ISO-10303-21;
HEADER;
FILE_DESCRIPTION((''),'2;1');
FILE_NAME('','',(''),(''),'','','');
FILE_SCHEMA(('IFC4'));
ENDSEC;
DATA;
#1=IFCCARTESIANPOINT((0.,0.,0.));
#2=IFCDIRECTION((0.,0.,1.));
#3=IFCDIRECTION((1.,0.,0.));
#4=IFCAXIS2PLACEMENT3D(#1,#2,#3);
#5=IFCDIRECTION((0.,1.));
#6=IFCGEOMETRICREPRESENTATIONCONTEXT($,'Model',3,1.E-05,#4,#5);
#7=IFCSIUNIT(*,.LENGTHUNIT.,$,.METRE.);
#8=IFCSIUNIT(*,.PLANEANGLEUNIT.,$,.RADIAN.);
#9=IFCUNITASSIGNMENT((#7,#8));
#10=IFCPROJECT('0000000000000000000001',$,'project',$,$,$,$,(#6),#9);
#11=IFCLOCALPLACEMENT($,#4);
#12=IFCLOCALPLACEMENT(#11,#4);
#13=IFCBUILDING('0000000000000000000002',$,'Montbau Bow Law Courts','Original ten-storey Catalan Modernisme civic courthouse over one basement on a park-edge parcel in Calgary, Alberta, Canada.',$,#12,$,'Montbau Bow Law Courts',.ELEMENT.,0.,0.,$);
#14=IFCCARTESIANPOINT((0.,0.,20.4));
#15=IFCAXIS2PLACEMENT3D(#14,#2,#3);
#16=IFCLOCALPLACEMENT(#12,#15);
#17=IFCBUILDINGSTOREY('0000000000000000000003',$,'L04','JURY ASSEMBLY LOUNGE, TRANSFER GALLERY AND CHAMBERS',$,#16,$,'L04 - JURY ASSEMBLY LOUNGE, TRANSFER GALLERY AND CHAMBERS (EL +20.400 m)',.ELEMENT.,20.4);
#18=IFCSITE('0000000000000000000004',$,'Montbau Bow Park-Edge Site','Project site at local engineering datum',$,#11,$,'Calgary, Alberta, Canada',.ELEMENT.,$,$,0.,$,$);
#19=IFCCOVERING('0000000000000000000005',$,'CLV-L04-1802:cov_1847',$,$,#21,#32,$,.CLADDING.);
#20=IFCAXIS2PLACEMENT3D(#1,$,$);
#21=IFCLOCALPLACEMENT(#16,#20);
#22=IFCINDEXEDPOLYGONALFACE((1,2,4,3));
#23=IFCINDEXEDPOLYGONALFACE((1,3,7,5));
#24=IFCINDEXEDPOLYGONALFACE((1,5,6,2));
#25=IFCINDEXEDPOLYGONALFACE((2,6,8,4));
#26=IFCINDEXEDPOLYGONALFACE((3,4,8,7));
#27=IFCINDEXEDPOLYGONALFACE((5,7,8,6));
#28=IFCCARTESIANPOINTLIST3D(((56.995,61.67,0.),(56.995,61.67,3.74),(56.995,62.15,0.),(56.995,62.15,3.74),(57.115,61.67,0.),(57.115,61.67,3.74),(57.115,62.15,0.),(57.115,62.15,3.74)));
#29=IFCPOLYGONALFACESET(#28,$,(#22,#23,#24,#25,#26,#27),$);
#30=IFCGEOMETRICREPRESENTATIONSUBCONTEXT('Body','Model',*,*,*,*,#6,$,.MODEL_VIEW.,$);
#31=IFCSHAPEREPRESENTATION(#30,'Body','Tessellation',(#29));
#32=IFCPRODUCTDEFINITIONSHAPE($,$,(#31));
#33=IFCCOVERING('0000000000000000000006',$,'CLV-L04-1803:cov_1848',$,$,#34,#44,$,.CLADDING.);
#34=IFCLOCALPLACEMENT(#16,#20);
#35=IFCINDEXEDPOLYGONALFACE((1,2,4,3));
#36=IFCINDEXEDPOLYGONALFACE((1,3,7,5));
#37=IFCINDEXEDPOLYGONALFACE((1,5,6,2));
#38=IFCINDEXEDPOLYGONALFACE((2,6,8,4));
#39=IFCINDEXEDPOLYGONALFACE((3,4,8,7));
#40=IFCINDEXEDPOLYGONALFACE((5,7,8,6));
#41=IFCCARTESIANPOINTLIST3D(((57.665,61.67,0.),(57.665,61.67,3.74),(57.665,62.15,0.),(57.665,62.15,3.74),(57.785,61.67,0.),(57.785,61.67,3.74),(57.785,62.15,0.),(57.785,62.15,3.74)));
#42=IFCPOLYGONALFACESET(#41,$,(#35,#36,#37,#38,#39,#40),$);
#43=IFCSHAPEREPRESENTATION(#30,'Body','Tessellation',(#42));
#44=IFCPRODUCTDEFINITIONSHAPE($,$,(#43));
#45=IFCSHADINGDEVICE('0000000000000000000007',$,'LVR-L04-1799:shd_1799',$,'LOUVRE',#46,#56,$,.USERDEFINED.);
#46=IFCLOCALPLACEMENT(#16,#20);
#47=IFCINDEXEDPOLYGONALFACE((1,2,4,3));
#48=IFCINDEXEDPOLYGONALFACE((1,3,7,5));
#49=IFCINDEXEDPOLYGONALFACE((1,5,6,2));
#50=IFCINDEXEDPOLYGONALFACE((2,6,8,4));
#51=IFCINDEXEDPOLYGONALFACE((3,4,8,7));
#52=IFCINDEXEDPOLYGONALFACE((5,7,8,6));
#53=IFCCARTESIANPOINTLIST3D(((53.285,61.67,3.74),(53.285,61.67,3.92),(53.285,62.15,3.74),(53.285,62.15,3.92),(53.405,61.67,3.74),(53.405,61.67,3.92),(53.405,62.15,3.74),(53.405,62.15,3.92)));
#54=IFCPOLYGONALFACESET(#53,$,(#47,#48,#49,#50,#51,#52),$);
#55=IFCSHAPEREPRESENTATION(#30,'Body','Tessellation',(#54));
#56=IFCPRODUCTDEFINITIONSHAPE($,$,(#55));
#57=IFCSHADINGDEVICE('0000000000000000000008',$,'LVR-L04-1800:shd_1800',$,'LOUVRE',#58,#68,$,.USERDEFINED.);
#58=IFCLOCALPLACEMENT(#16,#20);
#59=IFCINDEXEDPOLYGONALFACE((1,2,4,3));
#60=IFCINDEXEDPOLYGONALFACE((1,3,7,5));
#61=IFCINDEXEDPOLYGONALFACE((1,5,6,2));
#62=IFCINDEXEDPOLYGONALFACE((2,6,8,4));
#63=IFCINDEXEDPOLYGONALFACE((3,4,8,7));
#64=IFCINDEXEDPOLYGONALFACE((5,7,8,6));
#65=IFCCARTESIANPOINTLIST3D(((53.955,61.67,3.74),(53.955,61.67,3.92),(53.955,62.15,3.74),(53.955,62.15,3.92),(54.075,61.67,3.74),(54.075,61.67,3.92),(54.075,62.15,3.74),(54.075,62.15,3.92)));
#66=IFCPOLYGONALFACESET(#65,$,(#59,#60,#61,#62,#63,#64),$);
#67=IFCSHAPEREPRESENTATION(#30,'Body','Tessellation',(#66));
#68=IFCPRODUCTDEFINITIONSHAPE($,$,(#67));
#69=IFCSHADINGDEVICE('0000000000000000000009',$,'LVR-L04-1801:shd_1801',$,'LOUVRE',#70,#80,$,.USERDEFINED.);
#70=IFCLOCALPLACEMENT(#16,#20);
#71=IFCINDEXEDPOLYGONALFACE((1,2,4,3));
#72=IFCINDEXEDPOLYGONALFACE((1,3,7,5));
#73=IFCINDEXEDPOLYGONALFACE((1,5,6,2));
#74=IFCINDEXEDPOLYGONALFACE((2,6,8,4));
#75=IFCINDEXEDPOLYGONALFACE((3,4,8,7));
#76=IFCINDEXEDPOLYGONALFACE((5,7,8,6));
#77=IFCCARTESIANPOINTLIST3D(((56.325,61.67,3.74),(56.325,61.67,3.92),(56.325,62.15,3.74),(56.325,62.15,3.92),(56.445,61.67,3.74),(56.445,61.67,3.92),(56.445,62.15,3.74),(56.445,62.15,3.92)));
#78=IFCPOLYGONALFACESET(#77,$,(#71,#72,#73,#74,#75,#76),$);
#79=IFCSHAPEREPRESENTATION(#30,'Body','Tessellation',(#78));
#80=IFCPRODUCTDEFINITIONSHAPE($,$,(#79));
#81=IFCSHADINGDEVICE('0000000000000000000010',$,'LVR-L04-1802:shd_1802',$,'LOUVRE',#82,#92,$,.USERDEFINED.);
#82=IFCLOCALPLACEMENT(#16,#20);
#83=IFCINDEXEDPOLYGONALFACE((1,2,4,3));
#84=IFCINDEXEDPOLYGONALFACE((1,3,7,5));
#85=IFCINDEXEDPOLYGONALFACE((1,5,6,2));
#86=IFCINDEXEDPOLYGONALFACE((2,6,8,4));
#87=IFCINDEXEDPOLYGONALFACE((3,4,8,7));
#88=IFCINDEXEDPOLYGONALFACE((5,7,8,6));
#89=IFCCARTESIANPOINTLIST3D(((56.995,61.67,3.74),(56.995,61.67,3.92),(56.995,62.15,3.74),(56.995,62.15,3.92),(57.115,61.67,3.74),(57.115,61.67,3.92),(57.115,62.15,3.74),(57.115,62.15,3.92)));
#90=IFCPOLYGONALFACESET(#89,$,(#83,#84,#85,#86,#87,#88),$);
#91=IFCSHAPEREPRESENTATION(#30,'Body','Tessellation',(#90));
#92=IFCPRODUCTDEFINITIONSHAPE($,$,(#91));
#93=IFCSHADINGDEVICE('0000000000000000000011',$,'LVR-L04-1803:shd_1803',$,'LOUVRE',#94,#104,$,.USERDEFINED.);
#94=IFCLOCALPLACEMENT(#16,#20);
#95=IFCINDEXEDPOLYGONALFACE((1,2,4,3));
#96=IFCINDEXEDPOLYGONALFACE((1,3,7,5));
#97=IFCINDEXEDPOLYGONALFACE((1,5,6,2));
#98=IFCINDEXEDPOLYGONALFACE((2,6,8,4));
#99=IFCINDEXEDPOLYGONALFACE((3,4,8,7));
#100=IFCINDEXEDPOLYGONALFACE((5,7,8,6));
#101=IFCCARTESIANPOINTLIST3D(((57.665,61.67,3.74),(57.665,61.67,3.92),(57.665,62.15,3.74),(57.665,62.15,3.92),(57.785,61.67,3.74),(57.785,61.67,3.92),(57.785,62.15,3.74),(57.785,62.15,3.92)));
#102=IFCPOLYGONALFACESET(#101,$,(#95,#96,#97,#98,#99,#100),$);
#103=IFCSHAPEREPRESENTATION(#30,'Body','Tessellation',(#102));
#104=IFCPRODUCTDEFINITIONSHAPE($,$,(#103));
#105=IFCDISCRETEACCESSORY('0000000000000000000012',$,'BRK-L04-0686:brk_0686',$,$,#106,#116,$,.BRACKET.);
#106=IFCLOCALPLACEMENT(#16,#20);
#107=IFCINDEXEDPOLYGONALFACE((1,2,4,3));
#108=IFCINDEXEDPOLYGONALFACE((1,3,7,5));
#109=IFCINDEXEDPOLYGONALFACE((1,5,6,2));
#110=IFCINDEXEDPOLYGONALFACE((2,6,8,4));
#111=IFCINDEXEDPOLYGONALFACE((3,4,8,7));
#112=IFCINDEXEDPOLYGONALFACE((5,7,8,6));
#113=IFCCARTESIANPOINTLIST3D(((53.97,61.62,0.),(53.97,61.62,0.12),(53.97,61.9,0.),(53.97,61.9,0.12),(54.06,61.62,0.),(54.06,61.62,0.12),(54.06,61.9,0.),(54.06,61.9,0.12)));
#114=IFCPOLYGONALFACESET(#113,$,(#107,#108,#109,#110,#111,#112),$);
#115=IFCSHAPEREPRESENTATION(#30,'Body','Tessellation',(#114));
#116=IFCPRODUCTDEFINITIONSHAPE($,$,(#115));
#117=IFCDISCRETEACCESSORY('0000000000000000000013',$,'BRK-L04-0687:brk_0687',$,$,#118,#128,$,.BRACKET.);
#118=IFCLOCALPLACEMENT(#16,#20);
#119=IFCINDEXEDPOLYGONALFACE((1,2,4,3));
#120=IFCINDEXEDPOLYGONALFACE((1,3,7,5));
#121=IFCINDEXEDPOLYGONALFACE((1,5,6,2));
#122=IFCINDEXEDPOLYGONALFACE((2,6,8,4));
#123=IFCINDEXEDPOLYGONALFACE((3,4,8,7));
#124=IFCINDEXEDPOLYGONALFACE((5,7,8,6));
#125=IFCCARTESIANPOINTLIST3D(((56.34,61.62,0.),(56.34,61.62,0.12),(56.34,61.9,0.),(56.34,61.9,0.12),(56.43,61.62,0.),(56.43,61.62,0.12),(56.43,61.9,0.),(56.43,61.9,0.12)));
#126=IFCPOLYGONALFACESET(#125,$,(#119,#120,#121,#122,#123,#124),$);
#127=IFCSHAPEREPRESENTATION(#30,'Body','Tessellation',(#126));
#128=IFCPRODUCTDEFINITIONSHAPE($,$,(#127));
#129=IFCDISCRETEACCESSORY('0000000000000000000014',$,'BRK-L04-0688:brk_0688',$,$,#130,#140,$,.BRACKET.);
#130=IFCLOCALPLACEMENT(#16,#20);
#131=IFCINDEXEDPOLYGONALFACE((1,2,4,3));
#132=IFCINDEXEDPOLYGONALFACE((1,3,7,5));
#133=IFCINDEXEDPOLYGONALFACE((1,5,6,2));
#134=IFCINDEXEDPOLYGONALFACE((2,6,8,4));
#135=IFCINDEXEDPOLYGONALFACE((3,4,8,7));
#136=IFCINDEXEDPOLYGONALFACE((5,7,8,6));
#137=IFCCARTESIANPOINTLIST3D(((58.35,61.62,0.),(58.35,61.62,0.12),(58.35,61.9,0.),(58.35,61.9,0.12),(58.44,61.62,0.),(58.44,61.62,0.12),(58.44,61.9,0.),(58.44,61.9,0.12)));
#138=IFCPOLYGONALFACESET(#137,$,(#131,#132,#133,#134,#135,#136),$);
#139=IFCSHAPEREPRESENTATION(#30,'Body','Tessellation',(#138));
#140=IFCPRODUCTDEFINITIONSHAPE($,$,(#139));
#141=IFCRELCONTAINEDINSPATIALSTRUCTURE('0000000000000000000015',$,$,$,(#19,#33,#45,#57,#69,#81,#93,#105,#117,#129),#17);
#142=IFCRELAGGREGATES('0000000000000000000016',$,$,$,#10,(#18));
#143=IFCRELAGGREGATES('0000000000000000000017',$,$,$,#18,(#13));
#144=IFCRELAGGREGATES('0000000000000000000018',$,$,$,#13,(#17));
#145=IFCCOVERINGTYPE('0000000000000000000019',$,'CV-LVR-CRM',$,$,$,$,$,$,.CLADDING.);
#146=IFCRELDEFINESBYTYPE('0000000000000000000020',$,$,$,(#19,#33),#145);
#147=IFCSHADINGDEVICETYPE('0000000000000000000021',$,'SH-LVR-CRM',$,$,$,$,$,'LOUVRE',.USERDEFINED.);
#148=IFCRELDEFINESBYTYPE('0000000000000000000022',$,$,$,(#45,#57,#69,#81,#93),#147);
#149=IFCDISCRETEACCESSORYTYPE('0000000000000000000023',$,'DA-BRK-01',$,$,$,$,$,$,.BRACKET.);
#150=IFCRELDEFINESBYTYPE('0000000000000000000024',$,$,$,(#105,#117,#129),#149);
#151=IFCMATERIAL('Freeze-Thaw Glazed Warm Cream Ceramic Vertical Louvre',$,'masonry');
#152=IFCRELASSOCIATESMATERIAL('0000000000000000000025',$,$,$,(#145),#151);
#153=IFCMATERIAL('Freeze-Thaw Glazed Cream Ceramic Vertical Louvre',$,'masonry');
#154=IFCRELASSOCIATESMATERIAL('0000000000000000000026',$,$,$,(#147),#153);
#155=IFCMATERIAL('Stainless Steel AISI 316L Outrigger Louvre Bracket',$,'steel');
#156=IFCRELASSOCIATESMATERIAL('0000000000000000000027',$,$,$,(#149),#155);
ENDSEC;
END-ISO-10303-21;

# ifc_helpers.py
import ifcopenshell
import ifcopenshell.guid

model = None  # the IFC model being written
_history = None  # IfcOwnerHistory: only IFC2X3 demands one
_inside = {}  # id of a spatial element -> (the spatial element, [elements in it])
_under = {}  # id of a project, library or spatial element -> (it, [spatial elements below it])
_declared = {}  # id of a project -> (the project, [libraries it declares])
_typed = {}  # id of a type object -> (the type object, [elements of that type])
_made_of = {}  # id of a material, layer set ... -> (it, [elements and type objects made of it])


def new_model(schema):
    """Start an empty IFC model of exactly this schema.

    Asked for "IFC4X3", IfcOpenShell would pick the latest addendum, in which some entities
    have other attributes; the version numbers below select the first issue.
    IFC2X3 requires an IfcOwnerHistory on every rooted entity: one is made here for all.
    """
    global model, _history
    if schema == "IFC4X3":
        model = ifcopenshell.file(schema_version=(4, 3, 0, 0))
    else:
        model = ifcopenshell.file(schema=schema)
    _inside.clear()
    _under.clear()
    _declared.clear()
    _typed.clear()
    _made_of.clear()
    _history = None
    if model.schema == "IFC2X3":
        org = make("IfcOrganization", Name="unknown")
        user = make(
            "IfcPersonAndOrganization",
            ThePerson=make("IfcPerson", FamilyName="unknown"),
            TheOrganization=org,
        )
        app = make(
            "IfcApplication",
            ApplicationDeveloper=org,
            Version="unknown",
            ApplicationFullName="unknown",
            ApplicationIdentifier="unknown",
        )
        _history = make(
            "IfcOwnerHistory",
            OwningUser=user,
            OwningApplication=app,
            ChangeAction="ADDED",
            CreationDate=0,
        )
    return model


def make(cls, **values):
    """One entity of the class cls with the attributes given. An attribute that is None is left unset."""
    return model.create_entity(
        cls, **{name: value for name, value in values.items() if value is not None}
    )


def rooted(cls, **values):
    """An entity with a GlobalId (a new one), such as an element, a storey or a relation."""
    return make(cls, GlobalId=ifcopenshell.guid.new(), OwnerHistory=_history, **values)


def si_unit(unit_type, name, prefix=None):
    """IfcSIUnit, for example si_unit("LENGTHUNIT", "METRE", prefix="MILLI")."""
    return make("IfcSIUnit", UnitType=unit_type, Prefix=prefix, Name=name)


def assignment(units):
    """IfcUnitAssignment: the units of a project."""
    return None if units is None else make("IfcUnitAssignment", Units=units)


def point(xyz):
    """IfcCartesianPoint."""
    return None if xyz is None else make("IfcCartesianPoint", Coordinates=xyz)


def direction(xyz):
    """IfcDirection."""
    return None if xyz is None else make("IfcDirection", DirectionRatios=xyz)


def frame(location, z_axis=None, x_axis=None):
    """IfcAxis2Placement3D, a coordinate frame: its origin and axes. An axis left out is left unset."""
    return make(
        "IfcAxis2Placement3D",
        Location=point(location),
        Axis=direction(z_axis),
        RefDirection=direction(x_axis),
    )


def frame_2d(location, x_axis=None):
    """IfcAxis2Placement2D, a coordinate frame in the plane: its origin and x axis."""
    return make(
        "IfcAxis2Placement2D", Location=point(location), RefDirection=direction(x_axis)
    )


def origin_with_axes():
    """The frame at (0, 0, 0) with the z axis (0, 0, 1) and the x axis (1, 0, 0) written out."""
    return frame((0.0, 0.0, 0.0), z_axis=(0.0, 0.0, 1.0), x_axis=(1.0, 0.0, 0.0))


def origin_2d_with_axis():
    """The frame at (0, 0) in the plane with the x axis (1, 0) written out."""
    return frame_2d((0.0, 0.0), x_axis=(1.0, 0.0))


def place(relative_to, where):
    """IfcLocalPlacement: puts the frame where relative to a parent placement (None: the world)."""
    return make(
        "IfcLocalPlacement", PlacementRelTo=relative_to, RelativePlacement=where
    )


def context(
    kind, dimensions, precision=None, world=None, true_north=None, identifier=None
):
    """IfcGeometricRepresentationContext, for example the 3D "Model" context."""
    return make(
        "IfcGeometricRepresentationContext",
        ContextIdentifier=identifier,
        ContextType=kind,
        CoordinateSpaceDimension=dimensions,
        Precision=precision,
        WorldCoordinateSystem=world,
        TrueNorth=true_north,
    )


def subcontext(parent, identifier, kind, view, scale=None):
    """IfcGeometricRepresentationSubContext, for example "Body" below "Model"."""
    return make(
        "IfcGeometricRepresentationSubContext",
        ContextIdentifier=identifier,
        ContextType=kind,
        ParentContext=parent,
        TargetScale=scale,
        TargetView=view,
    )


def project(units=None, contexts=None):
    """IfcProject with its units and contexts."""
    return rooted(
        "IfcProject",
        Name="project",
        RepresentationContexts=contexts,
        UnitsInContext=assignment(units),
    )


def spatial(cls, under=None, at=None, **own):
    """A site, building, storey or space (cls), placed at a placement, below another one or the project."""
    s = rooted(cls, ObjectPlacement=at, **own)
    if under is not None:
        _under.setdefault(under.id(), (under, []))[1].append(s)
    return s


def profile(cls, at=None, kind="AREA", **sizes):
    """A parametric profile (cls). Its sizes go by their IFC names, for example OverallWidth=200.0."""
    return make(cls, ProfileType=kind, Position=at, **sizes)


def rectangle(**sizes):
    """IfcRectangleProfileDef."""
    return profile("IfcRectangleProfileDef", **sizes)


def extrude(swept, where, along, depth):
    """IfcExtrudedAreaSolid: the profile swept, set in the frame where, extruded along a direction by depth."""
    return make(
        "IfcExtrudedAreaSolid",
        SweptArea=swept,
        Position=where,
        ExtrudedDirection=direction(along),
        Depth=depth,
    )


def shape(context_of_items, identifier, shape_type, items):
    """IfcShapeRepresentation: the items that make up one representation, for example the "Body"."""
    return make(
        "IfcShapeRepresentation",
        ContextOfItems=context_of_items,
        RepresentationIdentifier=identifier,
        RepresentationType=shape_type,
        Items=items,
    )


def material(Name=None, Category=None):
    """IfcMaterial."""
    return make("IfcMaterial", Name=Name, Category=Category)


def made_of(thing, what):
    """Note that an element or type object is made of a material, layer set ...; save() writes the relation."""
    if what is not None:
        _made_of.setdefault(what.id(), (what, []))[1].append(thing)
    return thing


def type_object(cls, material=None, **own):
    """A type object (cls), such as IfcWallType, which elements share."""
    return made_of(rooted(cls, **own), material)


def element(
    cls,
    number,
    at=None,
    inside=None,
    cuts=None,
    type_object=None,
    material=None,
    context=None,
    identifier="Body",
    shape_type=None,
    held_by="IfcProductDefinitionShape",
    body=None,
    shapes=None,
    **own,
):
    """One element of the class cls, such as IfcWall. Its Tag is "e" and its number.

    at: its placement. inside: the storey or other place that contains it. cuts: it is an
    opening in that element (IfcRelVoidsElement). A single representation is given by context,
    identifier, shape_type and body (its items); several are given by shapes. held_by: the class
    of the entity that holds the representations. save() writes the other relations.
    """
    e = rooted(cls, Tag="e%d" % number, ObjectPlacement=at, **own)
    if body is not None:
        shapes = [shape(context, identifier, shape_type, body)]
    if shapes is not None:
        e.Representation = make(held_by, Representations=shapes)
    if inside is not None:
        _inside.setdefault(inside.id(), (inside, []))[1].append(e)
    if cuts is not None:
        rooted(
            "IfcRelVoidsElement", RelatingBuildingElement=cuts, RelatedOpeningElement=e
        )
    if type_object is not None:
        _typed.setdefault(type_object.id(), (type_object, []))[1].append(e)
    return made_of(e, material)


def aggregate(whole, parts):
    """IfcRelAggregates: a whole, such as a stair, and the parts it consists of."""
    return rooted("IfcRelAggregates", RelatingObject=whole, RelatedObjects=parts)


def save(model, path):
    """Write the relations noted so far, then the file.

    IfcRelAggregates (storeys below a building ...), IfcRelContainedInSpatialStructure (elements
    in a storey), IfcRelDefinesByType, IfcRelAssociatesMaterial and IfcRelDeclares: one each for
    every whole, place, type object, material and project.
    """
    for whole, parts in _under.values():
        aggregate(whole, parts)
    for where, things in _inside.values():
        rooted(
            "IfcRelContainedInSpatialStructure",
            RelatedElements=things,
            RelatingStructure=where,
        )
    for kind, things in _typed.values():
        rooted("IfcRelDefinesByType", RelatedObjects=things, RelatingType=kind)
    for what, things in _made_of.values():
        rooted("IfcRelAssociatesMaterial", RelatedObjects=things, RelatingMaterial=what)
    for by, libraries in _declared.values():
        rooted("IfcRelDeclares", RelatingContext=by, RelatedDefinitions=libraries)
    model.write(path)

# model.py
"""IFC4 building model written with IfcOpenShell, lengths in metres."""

from ifc_helpers import new_model, si_unit, direction, frame, frame_2d, origin_with_axes, origin_2d_with_axis, place, context, subcontext, project, spatial, rectangle, extrude, material, type_object, element, save


model = new_model("IFC4")

# Units and contexts
model_context = context("Model", 3, precision=1e-05, world=origin_with_axes(), true_north=direction((0.0, 1.0)))
body_context = subcontext(model_context, "Body", "Model", "MODEL_VIEW")
ifc_project = project(units=[si_unit("LENGTHUNIT", "METRE"), si_unit("PLANEANGLEUNIT", "RADIAN")], contexts=[model_context])

# Site, building, storey
site_placement = place(None, origin_with_axes())
site = spatial("IfcSite", under=ifc_project, at=site_placement, Name="Montbau Bow Park-Edge Site", Description="Project site at local engineering datum", LongName="Calgary, Alberta, Canada", CompositionType="ELEMENT", RefElevation=0.0)
building_placement = place(site_placement, origin_with_axes())
building = spatial("IfcBuilding", under=site, at=building_placement, Name="Montbau Bow Law Courts", Description="Original ten-storey Catalan Modernisme civic courthouse over one basement on a park-edge parcel in Calgary, Alberta, Canada.", LongName="Montbau Bow Law Courts", CompositionType="ELEMENT", ElevationOfRefHeight=0.0, ElevationOfTerrain=0.0)
storey_placement = place(building_placement, frame((0.0, 0.0, 20.4), z_axis=(0.0, 0.0, 1.0), x_axis=(1.0, 0.0, 0.0)))
storey = spatial("IfcBuildingStorey", under=building, at=storey_placement, Name="L04", Description="JURY ASSEMBLY LOUNGE, TRANSFER GALLERY AND CHAMBERS", LongName="L04 - JURY ASSEMBLY LOUNGE, TRANSFER GALLERY AND CHAMBERS (EL +20.400 m)", CompositionType="ELEMENT", Elevation=20.4)

# Coverings
ifc_material_1 = material(Name="Freeze-Thaw Glazed Warm Cream Ceramic Vertical Louvre", Category="masonry")
covering_type = type_object("IfcCoveringType", Name="CV-LVR-CRM", PredefinedType="CLADDING", material=ifc_material_1)
for number, where, z_axis, x_axis, name in (
    (1, (57.055, 61.67, 20.4), (1.0, 0.0, 0.0), (0.0, 1.0, 0.0), "CLV-L04-1802:cov_1847"),
    (2, (57.725, 61.67, 20.4), (1.0, 0.0, 0.0), (0.0, 1.0, 0.0), "CLV-L04-1803:cov_1848"),
):
    element("IfcCovering", number, at=place(None, frame(where, z_axis=z_axis, x_axis=x_axis)), inside=storey, type_object=covering_type, Name=name, PredefinedType="CLADDING", context=body_context, shape_type="SweptSolid", body=[
        extrude(rectangle(XDim=0.48, YDim=3.74, at=frame_2d((0.24, 1.87), x_axis=(1.0, 0.0))), frame((0.0, 0.0, -0.06), z_axis=(0.0, 0.0, 1.0), x_axis=(1.0, 0.0, 0.0)), (0.0, 0.0, 1.0), 0.12),
    ])

# Shading devices
ifc_material_2 = material(Name="Freeze-Thaw Glazed Cream Ceramic Vertical Louvre", Category="masonry")
shading_device_type = type_object("IfcShadingDeviceType", Name="SH-LVR-CRM", ElementType="LOUVRE", PredefinedType="USERDEFINED", material=ifc_material_2)
for number, where, z_axis, x_axis, name in (
    (3, (53.345, 61.91, 24.14), (0.0, 0.0, 1.0), (0.0, 1.0, 0.0), "LVR-L04-1799:shd_1799"),
    (4, (54.015, 61.91, 24.14), (0.0, 0.0, 1.0), (0.0, 1.0, 0.0), "LVR-L04-1800:shd_1800"),
    (5, (56.385, 61.91, 24.14), (0.0, 0.0, 1.0), (0.0, 1.0, 0.0), "LVR-L04-1801:shd_1801"),
    (6, (57.055, 61.91, 24.14), (0.0, 0.0, 1.0), (0.0, 1.0, 0.0), "LVR-L04-1802:shd_1802"),
    (7, (57.725, 61.91, 24.14), (0.0, 0.0, 1.0), (0.0, 1.0, 0.0), "LVR-L04-1803:shd_1803"),
):
    element("IfcShadingDevice", number, at=place(None, frame(where, z_axis=z_axis, x_axis=x_axis)), inside=storey, type_object=shading_device_type, Name=name, ObjectType="LOUVRE", PredefinedType="USERDEFINED", context=body_context, shape_type="SweptSolid", body=[
        extrude(rectangle(XDim=0.48, YDim=0.12, at=origin_2d_with_axis()), origin_with_axes(), (0.0, 0.0, 1.0), 0.18),
    ])

# Discrete accessories
ifc_material_3 = material(Name="Stainless Steel AISI 316L Outrigger Louvre Bracket", Category="steel")
discrete_accessory_type = type_object("IfcDiscreteAccessoryType", Name="DA-BRK-01", PredefinedType="BRACKET", material=ifc_material_3)
for number, where, z_axis, x_axis, name in (
    (8, (54.015, 61.76, 20.4), (0.0, 0.0, 1.0), (0.0, 1.0, 0.0), "BRK-L04-0686:brk_0686"),
    (9, (56.385, 61.76, 20.4), (0.0, 0.0, 1.0), (0.0, 1.0, 0.0), "BRK-L04-0687:brk_0687"),
    (10, (58.395, 61.76, 20.4), (0.0, 0.0, 1.0), (0.0, 1.0, 0.0), "BRK-L04-0688:brk_0688"),
):
    element("IfcDiscreteAccessory", number, at=place(None, frame(where, z_axis=z_axis, x_axis=x_axis)), inside=storey, type_object=discrete_accessory_type, Name=name, PredefinedType="BRACKET", context=body_context, shape_type="SweptSolid", body=[
        extrude(rectangle(XDim=0.28, YDim=0.09, at=origin_2d_with_axis()), origin_with_axes(), (0.0, 0.0, 1.0), 0.12),
    ])

save(model, "model.ifc")
